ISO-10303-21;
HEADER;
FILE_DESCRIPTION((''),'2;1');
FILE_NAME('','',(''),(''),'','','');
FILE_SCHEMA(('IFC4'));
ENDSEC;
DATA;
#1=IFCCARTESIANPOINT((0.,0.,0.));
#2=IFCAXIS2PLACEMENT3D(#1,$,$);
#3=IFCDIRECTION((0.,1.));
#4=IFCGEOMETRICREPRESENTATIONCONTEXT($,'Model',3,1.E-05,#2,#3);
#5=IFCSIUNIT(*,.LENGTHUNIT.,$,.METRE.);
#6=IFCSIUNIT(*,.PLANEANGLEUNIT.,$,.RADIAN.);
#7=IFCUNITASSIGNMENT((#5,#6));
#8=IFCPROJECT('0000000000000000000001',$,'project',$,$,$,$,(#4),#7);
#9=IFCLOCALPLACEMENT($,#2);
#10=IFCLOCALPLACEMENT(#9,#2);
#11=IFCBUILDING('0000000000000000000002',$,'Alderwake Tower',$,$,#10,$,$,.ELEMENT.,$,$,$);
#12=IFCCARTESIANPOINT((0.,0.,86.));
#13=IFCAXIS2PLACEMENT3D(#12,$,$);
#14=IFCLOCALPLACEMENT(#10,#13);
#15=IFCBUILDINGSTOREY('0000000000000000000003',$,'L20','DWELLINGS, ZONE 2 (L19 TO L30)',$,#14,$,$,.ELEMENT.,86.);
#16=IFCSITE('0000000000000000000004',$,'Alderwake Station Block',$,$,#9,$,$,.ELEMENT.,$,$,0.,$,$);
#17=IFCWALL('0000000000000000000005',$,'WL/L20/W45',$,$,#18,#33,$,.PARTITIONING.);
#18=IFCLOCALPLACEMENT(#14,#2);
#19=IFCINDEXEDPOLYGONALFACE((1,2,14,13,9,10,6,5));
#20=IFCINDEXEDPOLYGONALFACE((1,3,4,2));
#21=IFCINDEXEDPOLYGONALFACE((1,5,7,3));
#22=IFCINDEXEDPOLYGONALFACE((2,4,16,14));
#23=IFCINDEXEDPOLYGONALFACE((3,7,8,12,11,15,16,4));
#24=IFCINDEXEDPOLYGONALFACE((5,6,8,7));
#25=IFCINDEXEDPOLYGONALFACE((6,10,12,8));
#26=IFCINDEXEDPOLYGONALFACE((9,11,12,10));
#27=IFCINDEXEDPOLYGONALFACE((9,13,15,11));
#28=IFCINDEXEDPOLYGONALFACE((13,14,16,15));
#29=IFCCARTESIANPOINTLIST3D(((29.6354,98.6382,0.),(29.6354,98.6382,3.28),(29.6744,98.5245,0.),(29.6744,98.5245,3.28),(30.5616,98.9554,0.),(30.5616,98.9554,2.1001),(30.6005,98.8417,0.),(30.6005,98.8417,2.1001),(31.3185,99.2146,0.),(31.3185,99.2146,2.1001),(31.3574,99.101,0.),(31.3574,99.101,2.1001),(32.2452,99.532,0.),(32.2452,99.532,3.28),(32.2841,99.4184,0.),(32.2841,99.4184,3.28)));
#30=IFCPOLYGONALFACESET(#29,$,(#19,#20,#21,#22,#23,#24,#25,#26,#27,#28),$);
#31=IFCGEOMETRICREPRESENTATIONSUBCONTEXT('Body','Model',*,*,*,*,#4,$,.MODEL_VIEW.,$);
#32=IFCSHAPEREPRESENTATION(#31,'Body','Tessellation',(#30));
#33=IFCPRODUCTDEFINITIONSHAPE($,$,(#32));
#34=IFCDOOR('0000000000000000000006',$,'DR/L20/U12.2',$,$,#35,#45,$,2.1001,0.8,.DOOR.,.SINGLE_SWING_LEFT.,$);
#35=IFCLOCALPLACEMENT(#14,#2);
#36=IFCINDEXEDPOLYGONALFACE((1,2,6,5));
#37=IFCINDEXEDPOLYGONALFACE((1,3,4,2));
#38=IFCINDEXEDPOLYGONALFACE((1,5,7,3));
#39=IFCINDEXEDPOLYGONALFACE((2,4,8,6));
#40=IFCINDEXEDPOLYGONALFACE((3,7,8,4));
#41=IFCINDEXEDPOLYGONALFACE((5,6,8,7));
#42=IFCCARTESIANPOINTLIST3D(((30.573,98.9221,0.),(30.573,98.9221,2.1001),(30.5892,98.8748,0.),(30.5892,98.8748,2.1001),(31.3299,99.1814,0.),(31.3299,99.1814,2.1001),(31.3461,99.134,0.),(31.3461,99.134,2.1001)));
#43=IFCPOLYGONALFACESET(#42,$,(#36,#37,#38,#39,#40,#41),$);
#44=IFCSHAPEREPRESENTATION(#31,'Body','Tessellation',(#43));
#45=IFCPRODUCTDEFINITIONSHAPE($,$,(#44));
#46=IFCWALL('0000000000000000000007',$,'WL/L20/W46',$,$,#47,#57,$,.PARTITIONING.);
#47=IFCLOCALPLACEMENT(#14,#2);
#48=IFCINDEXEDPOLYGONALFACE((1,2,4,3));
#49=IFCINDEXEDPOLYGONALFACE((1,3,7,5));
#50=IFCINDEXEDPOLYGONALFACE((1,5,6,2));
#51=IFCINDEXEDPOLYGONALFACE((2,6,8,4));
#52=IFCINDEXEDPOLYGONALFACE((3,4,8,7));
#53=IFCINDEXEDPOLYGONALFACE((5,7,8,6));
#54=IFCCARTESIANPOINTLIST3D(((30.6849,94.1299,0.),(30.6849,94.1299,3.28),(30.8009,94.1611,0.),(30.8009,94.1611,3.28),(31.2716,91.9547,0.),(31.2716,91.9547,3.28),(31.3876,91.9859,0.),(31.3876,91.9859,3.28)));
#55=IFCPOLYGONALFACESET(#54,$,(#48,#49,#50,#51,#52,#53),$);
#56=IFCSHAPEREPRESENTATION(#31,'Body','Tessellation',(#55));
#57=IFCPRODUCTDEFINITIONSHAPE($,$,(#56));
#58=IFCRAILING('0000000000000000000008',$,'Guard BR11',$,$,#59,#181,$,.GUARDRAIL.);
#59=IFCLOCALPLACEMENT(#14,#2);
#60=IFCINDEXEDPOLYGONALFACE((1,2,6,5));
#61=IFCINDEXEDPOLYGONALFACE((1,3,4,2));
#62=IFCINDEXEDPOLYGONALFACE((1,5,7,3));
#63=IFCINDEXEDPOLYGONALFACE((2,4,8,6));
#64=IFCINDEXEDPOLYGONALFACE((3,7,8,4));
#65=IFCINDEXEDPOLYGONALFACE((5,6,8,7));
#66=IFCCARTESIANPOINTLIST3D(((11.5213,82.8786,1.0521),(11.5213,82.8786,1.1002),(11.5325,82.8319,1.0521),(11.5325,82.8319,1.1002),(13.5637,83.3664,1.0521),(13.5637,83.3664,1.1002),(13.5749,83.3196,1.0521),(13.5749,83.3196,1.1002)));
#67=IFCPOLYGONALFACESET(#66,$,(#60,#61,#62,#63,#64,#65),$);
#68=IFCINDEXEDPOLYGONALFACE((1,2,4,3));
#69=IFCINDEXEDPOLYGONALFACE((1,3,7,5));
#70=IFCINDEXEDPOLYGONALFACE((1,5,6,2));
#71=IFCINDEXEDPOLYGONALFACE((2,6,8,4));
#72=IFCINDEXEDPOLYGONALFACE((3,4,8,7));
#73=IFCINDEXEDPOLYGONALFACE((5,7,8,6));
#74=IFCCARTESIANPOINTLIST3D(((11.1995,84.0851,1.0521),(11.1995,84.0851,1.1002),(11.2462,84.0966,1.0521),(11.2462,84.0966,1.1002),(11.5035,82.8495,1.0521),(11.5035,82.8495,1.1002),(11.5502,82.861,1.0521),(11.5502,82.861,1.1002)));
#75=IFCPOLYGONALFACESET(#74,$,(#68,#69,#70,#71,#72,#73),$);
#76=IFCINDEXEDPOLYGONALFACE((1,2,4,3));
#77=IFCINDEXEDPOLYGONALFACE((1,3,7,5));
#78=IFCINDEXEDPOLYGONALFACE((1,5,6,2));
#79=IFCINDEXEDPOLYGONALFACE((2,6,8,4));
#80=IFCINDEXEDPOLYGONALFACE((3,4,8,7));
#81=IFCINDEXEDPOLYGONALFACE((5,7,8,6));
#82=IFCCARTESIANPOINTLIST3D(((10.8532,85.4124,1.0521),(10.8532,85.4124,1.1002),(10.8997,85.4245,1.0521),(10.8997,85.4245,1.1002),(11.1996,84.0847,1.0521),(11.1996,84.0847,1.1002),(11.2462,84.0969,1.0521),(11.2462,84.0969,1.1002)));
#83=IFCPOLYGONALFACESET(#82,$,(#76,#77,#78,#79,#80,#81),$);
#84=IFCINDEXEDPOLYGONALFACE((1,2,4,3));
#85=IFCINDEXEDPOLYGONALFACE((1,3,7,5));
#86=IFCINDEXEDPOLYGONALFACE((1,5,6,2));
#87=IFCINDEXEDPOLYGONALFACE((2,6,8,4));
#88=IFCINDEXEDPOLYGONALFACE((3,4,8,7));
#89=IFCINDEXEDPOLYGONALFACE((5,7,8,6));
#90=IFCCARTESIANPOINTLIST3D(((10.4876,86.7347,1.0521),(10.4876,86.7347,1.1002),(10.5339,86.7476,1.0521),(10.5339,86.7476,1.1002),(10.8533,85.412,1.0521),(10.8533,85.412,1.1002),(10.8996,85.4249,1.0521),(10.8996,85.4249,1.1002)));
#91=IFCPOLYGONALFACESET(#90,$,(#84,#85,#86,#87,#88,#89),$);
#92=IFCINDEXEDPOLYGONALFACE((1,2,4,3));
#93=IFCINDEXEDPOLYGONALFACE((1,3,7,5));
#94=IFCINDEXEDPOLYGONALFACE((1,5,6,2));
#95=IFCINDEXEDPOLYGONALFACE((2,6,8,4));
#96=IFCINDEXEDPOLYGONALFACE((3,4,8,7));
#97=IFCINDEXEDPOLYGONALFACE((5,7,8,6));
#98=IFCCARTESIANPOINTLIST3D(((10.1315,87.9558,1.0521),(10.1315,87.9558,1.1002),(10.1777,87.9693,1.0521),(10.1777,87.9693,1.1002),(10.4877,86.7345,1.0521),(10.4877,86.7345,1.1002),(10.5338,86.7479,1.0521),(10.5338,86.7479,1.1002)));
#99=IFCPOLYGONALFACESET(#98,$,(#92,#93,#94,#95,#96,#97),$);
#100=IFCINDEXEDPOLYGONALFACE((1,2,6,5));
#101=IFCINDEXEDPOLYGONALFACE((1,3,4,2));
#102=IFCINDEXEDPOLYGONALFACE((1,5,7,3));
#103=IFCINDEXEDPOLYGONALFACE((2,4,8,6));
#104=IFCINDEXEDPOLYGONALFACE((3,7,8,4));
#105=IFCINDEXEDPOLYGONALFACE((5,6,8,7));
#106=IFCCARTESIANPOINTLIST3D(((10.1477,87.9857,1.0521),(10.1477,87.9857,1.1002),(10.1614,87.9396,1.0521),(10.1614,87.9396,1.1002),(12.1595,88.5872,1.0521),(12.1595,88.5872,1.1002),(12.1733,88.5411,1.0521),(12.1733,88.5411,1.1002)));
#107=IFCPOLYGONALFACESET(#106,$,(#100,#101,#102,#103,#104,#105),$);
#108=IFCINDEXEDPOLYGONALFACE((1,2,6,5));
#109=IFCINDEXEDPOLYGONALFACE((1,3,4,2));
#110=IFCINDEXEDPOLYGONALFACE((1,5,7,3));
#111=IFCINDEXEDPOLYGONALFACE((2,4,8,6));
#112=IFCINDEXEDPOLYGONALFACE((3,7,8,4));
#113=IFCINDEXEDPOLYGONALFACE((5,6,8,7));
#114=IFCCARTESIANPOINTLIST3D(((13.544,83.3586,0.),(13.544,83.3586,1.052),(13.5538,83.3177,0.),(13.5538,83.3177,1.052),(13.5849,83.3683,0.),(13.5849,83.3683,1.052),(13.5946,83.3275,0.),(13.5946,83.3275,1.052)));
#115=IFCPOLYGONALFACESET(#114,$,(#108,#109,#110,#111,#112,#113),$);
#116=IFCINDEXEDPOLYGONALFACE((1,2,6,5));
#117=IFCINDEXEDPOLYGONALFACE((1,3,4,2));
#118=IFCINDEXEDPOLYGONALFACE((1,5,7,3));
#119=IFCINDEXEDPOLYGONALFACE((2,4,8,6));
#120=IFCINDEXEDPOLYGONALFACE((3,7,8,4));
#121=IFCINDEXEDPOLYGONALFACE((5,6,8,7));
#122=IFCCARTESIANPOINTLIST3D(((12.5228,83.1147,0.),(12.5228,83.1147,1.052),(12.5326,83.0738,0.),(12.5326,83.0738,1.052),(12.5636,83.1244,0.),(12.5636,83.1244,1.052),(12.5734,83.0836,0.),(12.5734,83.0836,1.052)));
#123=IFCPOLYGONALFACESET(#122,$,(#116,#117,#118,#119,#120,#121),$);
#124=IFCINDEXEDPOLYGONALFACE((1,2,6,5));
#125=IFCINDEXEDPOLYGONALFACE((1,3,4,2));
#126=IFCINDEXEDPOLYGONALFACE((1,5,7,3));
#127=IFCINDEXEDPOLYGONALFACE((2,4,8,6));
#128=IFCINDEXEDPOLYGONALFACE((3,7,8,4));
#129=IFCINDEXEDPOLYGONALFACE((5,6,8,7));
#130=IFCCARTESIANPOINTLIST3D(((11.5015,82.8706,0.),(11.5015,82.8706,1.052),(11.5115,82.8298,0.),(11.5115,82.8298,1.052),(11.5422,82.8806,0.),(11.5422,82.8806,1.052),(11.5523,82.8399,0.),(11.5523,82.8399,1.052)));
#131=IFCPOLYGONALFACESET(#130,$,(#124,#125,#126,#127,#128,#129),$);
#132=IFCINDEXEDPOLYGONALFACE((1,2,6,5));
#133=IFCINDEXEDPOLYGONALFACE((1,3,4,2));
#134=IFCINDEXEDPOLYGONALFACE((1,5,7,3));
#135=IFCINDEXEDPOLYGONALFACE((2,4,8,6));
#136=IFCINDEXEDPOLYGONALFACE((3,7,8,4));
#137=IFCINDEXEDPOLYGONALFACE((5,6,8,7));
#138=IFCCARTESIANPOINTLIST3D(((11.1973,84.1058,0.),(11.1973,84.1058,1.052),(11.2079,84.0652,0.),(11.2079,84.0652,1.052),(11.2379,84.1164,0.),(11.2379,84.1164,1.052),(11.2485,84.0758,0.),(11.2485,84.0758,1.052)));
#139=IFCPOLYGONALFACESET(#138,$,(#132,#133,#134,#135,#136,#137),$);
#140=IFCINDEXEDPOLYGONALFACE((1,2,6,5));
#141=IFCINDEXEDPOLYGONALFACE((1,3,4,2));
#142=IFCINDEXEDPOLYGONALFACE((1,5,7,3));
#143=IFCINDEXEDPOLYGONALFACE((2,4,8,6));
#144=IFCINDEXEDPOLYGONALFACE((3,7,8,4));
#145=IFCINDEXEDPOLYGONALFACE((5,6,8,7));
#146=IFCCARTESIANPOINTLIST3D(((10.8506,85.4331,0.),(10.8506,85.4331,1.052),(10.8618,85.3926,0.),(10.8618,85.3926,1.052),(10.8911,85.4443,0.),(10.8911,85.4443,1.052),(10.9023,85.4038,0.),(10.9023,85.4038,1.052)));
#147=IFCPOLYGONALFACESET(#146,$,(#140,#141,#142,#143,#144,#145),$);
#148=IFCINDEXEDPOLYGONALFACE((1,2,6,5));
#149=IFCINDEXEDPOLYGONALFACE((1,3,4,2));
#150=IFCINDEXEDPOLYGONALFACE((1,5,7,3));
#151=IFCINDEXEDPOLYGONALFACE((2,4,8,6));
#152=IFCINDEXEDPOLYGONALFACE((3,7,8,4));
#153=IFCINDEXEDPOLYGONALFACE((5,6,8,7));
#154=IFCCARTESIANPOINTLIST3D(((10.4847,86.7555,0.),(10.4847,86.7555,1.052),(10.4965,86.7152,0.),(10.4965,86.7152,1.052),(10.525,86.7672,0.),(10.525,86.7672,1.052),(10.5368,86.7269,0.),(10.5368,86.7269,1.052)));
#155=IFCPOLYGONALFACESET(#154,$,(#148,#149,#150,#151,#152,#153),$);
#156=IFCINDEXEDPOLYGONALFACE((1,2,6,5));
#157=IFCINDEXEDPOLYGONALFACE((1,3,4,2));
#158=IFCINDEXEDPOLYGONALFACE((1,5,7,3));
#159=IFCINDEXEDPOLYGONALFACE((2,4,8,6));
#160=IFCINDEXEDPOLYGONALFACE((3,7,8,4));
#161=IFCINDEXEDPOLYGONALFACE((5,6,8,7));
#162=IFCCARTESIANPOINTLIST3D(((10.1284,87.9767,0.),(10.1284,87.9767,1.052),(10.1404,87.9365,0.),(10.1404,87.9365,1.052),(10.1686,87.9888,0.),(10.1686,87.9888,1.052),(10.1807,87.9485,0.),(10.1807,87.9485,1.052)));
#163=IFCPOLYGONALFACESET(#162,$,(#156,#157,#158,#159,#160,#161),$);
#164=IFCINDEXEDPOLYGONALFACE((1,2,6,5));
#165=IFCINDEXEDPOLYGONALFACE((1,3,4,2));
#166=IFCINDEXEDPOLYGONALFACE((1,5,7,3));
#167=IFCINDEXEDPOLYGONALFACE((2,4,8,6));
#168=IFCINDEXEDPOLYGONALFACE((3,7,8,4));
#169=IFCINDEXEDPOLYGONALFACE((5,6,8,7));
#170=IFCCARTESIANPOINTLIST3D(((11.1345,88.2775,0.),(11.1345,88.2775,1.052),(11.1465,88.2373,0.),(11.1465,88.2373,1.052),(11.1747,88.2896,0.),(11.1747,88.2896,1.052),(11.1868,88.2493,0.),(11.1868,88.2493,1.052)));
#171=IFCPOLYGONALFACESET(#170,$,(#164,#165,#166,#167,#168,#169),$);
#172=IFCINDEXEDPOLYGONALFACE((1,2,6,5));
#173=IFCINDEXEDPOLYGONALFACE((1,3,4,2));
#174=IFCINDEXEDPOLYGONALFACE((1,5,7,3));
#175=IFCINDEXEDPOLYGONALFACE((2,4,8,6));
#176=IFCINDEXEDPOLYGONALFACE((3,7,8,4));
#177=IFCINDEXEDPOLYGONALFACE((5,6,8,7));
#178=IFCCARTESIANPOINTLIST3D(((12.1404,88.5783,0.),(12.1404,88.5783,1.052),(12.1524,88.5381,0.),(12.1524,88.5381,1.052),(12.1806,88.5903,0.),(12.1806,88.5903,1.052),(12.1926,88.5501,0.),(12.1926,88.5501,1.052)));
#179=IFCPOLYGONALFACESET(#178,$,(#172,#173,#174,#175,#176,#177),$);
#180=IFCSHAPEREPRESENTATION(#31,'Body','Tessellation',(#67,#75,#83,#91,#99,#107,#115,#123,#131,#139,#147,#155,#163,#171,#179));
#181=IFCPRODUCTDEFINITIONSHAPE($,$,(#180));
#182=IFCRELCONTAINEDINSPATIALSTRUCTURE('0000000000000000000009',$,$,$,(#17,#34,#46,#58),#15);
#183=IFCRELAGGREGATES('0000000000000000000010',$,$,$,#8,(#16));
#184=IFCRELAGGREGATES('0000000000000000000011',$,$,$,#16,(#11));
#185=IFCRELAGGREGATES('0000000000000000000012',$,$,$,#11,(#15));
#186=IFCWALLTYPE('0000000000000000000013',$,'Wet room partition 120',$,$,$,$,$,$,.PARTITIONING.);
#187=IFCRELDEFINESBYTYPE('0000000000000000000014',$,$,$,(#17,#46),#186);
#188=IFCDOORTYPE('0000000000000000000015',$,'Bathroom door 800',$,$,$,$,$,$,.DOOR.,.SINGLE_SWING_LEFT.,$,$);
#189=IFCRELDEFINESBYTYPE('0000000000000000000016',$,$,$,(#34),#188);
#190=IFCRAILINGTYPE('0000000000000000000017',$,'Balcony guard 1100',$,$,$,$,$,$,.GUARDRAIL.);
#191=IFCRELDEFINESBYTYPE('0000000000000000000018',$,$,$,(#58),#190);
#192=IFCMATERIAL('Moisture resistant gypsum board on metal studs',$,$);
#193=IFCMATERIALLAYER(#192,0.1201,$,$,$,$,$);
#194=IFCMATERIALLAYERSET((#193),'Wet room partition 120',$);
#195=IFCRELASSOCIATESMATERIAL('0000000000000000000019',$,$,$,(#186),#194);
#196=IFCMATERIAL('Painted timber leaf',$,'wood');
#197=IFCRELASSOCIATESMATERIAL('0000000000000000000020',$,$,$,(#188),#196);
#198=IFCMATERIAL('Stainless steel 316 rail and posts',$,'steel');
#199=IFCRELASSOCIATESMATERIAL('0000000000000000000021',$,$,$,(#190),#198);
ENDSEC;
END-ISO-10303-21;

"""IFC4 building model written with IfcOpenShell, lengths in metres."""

from ifc_helpers import new_model, si_unit, direction, frame, frame_2d, origin, origin_2d, place, context, subcontext, project, spatial, rectangle, extrude, material, layer, layer_set, type_object, element, fill, save


model = new_model("IFC4")

# Units and contexts
model_context = context("Model", 3, precision=1e-05, world=origin(), true_north=direction((0.0, 1.0)))
body_context = subcontext(model_context, "Body", "Model", "MODEL_VIEW")
ifc_project = project(units=[si_unit("LENGTHUNIT", "METRE"), si_unit("PLANEANGLEUNIT", "RADIAN")], contexts=[model_context])

# Site, building, storey
site_placement = place(None, origin())
site = spatial("IfcSite", under=ifc_project, at=site_placement, Name="Alderwake Station Block", CompositionType="ELEMENT", RefElevation=0.0)
building_placement = place(site_placement, origin())
building = spatial("IfcBuilding", under=site, at=building_placement, Name="Alderwake Tower", CompositionType="ELEMENT")
storey_placement = place(building_placement, frame((0.0, 0.0, 86.0)))
storey = spatial("IfcBuildingStorey", under=building, at=storey_placement, Name="L20", Description="DWELLINGS, ZONE 2 (L19 TO L30)", CompositionType="ELEMENT", Elevation=86.0)

# Shared definitions
ifc_material_1 = material(Name="Moisture resistant gypsum board on metal studs")
ifc_layer_1 = layer(ifc_material_1, 0.1201)
ifc_layer_set_1 = layer_set([ifc_layer_1], Name="Wet room partition 120")
wall_type_1 = type_object("IfcWallType", Name="Wet room partition 120", PredefinedType="PARTITIONING", material=ifc_layer_set_1)

# Wall, opening, door
wall_1_placement = place(storey_placement, frame((29.6548, 98.5813, 0.0), z_axis=(0.0, 0.0, 1.0), x_axis=(0.946049, 0.324023, 0.0)))
wall_1 = element("IfcWall", 1, at=wall_1_placement, inside=storey, type_object=wall_type_1, Name="WL/L20/W45", PredefinedType="PARTITIONING", context=body_context, shape_type="SweptSolid", body=[
    extrude(rectangle(XDim=2.7585, YDim=0.1201, at=frame_2d((1.3794, 0.0))), origin(), (0.0, 0.0, 1.0), 3.28),
])
opening_1_placement = place(wall_1_placement, frame((0.9792, 0.0, 0.0)))
opening_1 = element("IfcOpeningElement", 2, at=opening_1_placement, cuts=wall_1, PredefinedType="OPENING", context=body_context, shape_type="SweptSolid", body=[
    extrude(rectangle(XDim=0.8, YDim=2.1001, at=frame_2d((0.3999, 1.05))), frame((0.0, 0.0701, 0.0), z_axis=(0.0, -1.0, 0.0), x_axis=(1.0, 0.0, 0.0)), (0.0, 0.0, 1.0), 0.1401),
])
ifc_material_2 = material(Name="Painted timber leaf", Category="wood")
door_type_1 = type_object("IfcDoorType", Name="Bathroom door 800", OperationType="SINGLE_SWING_LEFT", PredefinedType="DOOR", material=ifc_material_2)
door_1_placement = place(opening_1_placement, origin())
door_1 = element("IfcDoor", 3, at=door_1_placement, inside=storey, type_object=door_type_1, Name="DR/L20/U12.2", OperationType="SINGLE_SWING_LEFT", OverallHeight=2.1001, OverallWidth=0.8, PredefinedType="DOOR", context=body_context, shape_type="SweptSolid", body=[
    extrude(rectangle(XDim=0.8, YDim=2.1001, at=frame_2d((0.3999, 1.05))), frame((0.0, 0.0249, 0.0), z_axis=(0.0, -1.0, 0.0), x_axis=(1.0, 0.0, 0.0)), (0.0, 0.0, 1.0), 0.05),
])
fill(opening_1, door_1)

# Wall
wall_2_placement = place(storey_placement, frame((30.7429, 94.1455, 0.0), z_axis=(0.0, 0.0, 1.0), x_axis=(0.260393, -0.965503, 0.0)))
element("IfcWall", 4, at=wall_2_placement, inside=storey, type_object=wall_type_1, Name="WL/L20/W46", PredefinedType="PARTITIONING", context=body_context, shape_type="SweptSolid", body=[
    extrude(rectangle(XDim=2.2529, YDim=0.1201, at=frame_2d((1.1265, 0.0))), origin(), (0.0, 0.0, 1.0), 3.28),
])

# Railing
ifc_material_3 = material(Name="Stainless steel 316 rail and posts", Category="steel")
railing_type = type_object("IfcRailingType", Name="Balcony guard 1100", PredefinedType="GUARDRAIL", material=ifc_material_3)
railing_1_placement = place(storey_placement, frame((13.5693, 83.343, 0.0)))
element("IfcRailing", 5, at=railing_1_placement, inside=storey, type_object=railing_type, Name="Guard BR11", PredefinedType="GUARDRAIL", context=body_context, shape_type="SweptSolid", body=[
    extrude(rectangle(XDim=0.0481, YDim=0.0481, at=origin_2d()), frame((0.0, 0.0, 1.0762), z_axis=(-0.972646, -0.232291, 0.0), x_axis=(0.232291, -0.972646, 0.0)), (0.0, 0.0, 1.0), 2.0999),
    extrude(rectangle(XDim=0.0481, YDim=0.0481, at=origin_2d()), frame((-2.0425, -0.4878, 1.0762), z_axis=(-0.238877, 0.97105, 0.0), x_axis=(-0.97105, -0.238877, 0.0)), (0.0, 0.0, 1.0), 1.2725),
    extrude(rectangle(XDim=0.0481, YDim=0.0481, at=origin_2d()), frame((-2.3464, 0.7478, 1.0762), z_axis=(-0.252487, 0.9676, 0.0), x_axis=(-0.9676, -0.252487, 0.0)), (0.0, 0.0, 1.0), 1.3721),
    extrude(rectangle(XDim=0.0481, YDim=0.0481, at=origin_2d()), frame((-2.6929, 2.0754, 1.0762), z_axis=(-0.266488, 0.963838, 0.0), x_axis=(-0.963838, -0.266488, 0.0)), (0.0, 0.0, 1.0), 1.3723),
    extrude(rectangle(XDim=0.0481, YDim=0.0481, at=origin_2d()), frame((-3.0586, 3.3982, 1.0762), z_axis=(-0.279963, 0.960011, 0.0), x_axis=(-0.960011, -0.279963, 0.0)), (0.0, 0.0, 1.0), 1.2722),
    extrude(rectangle(XDim=0.0481, YDim=0.0481, at=origin_2d()), frame((-3.4148, 4.6196, 1.0762), z_axis=(0.958091, 0.286462, 0.0), x_axis=(-0.286462, 0.958091, 0.0)), (0.0, 0.0, 1.0), 2.0999),
    extrude(rectangle(XDim=0.042, YDim=0.042, at=origin_2d()), frame((0.0, 0.0, 0.0), z_axis=(0.0, 0.0, 1.0), x_axis=(-0.972646, -0.232291, 0.0)), (0.0, 0.0, 1.0), 1.052),
    extrude(rectangle(XDim=0.042, YDim=0.042, at=origin_2d()), frame((-1.0212, -0.2439, 0.0), z_axis=(0.0, 0.0, 1.0), x_axis=(-0.972646, -0.232291, 0.0)), (0.0, 0.0, 1.0), 1.052),
    extrude(rectangle(XDim=0.042, YDim=0.042, at=origin_2d()), frame((-2.0425, -0.4878, 0.0), z_axis=(0.0, 0.0, 1.0), x_axis=(-0.238877, 0.97105, 0.0)), (0.0, 0.0, 1.0), 1.052),
    extrude(rectangle(XDim=0.042, YDim=0.042, at=origin_2d()), frame((-2.3464, 0.7478, 0.0), z_axis=(0.0, 0.0, 1.0), x_axis=(-0.252487, 0.9676, 0.0)), (0.0, 0.0, 1.0), 1.052),
    extrude(rectangle(XDim=0.042, YDim=0.042, at=origin_2d()), frame((-2.6929, 2.0754, 0.0), z_axis=(0.0, 0.0, 1.0), x_axis=(-0.266488, 0.963838, 0.0)), (0.0, 0.0, 1.0), 1.052),
    extrude(rectangle(XDim=0.042, YDim=0.042, at=origin_2d()), frame((-3.0586, 3.3982, 0.0), z_axis=(0.0, 0.0, 1.0), x_axis=(-0.279963, 0.960011, 0.0)), (0.0, 0.0, 1.0), 1.052),
    extrude(rectangle(XDim=0.042, YDim=0.042, at=origin_2d()), frame((-3.4148, 4.6196, 0.0), z_axis=(0.0, 0.0, 1.0), x_axis=(0.958091, 0.286462, 0.0)), (0.0, 0.0, 1.0), 1.052),
    extrude(rectangle(XDim=0.042, YDim=0.042, at=origin_2d()), frame((-2.4087, 4.9204, 0.0), z_axis=(0.0, 0.0, 1.0), x_axis=(0.958091, 0.286462, 0.0)), (0.0, 0.0, 1.0), 1.052),
    extrude(rectangle(XDim=0.042, YDim=0.042, at=origin_2d()), frame((-1.4028, 5.2212, 0.0), z_axis=(0.0, 0.0, 1.0), x_axis=(0.958091, 0.286462, 0.0)), (0.0, 0.0, 1.0), 1.052),
])

save(model, "model.ifc")
